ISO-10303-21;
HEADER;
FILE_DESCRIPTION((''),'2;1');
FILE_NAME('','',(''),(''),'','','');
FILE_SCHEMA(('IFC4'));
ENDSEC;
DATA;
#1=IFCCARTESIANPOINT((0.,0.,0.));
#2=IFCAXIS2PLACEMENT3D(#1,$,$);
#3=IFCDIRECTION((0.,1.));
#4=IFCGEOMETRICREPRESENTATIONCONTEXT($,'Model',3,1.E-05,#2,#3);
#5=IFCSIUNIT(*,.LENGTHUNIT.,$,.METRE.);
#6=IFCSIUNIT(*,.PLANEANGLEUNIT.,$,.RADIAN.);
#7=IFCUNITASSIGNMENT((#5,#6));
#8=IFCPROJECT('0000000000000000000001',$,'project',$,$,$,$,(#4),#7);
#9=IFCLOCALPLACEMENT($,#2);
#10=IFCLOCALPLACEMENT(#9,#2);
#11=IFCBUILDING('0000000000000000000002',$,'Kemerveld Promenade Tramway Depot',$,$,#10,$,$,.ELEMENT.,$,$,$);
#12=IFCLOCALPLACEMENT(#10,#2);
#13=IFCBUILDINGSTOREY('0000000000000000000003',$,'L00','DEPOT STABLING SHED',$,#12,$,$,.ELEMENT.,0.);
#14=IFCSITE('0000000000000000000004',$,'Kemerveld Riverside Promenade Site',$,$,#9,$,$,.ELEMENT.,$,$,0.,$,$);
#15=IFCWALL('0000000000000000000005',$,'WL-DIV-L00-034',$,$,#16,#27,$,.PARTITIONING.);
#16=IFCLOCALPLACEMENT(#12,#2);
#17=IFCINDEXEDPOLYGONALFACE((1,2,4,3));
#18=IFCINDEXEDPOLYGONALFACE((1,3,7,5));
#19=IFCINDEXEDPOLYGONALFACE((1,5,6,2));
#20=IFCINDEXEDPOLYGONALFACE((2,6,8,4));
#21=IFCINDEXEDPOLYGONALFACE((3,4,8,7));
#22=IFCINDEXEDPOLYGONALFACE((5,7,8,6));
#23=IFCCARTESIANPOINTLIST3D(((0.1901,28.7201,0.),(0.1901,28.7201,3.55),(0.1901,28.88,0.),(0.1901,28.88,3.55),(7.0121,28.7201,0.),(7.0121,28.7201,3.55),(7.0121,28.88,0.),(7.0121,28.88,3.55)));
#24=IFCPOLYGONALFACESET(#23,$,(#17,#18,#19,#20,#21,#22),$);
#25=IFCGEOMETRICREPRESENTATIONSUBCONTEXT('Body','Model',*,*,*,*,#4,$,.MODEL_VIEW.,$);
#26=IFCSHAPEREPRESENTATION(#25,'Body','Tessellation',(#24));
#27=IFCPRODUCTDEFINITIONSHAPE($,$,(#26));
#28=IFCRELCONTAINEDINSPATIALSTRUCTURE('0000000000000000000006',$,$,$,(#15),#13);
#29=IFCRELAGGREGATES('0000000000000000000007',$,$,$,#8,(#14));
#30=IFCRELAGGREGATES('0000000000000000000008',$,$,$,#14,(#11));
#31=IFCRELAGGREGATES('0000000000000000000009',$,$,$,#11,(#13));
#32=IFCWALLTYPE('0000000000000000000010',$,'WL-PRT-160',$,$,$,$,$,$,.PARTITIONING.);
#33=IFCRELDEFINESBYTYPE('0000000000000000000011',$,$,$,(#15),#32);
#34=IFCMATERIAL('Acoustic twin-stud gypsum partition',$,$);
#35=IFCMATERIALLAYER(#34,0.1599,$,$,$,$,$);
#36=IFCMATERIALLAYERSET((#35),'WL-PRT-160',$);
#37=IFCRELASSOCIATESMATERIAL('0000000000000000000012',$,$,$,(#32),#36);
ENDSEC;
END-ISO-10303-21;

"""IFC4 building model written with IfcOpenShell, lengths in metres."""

from ifc_helpers import new_model, si_unit, direction, frame, frame_2d, origin, place, context, subcontext, project, spatial, rectangle, extrude, material, layer, layer_set, type_object, element, save


model = new_model("IFC4")

# Units and contexts
model_context = context("Model", 3, precision=1e-05, world=origin(), true_north=direction((0.0, 1.0)))
body_context = subcontext(model_context, "Body", "Model", "MODEL_VIEW")
ifc_project = project(units=[si_unit("LENGTHUNIT", "METRE"), si_unit("PLANEANGLEUNIT", "RADIAN")], contexts=[model_context])

# Site, building, storey
site_placement = place(None, origin())
site = spatial("IfcSite", under=ifc_project, at=site_placement, Name="Kemerveld Riverside Promenade Site", CompositionType="ELEMENT", RefElevation=0.0)
building_placement = place(site_placement, origin())
building = spatial("IfcBuilding", under=site, at=building_placement, Name="Kemerveld Promenade Tramway Depot", CompositionType="ELEMENT")
storey_placement = place(building_placement, origin())
storey = spatial("IfcBuildingStorey", under=building, at=storey_placement, Name="L00", Description="DEPOT STABLING SHED", CompositionType="ELEMENT", Elevation=0.0)

# Wall
ifc_material_1 = material(Name="Acoustic twin-stud gypsum partition")
ifc_layer_1 = layer(ifc_material_1, 0.1599)
ifc_layer_set_1 = layer_set([ifc_layer_1], Name="WL-PRT-160")
wall_type_1 = type_object("IfcWallType", Name="WL-PRT-160", PredefinedType="PARTITIONING", material=ifc_layer_set_1)
wall_1_placement = place(storey_placement, frame((0.1899, 28.8, 0.0), z_axis=(0.0, 0.0, 1.0), x_axis=(1.0, 0.0, 0.0)))
element("IfcWall", 1, at=wall_1_placement, inside=storey, type_object=wall_type_1, Name="WL-DIV-L00-034", PredefinedType="PARTITIONING", context=body_context, shape_type="SweptSolid", body=[
    extrude(rectangle(XDim=6.822, YDim=0.1599, at=frame_2d((3.4111, 0.0))), origin(), (0.0, 0.0, 1.0), 3.55),
])

save(model, "model.ifc")
